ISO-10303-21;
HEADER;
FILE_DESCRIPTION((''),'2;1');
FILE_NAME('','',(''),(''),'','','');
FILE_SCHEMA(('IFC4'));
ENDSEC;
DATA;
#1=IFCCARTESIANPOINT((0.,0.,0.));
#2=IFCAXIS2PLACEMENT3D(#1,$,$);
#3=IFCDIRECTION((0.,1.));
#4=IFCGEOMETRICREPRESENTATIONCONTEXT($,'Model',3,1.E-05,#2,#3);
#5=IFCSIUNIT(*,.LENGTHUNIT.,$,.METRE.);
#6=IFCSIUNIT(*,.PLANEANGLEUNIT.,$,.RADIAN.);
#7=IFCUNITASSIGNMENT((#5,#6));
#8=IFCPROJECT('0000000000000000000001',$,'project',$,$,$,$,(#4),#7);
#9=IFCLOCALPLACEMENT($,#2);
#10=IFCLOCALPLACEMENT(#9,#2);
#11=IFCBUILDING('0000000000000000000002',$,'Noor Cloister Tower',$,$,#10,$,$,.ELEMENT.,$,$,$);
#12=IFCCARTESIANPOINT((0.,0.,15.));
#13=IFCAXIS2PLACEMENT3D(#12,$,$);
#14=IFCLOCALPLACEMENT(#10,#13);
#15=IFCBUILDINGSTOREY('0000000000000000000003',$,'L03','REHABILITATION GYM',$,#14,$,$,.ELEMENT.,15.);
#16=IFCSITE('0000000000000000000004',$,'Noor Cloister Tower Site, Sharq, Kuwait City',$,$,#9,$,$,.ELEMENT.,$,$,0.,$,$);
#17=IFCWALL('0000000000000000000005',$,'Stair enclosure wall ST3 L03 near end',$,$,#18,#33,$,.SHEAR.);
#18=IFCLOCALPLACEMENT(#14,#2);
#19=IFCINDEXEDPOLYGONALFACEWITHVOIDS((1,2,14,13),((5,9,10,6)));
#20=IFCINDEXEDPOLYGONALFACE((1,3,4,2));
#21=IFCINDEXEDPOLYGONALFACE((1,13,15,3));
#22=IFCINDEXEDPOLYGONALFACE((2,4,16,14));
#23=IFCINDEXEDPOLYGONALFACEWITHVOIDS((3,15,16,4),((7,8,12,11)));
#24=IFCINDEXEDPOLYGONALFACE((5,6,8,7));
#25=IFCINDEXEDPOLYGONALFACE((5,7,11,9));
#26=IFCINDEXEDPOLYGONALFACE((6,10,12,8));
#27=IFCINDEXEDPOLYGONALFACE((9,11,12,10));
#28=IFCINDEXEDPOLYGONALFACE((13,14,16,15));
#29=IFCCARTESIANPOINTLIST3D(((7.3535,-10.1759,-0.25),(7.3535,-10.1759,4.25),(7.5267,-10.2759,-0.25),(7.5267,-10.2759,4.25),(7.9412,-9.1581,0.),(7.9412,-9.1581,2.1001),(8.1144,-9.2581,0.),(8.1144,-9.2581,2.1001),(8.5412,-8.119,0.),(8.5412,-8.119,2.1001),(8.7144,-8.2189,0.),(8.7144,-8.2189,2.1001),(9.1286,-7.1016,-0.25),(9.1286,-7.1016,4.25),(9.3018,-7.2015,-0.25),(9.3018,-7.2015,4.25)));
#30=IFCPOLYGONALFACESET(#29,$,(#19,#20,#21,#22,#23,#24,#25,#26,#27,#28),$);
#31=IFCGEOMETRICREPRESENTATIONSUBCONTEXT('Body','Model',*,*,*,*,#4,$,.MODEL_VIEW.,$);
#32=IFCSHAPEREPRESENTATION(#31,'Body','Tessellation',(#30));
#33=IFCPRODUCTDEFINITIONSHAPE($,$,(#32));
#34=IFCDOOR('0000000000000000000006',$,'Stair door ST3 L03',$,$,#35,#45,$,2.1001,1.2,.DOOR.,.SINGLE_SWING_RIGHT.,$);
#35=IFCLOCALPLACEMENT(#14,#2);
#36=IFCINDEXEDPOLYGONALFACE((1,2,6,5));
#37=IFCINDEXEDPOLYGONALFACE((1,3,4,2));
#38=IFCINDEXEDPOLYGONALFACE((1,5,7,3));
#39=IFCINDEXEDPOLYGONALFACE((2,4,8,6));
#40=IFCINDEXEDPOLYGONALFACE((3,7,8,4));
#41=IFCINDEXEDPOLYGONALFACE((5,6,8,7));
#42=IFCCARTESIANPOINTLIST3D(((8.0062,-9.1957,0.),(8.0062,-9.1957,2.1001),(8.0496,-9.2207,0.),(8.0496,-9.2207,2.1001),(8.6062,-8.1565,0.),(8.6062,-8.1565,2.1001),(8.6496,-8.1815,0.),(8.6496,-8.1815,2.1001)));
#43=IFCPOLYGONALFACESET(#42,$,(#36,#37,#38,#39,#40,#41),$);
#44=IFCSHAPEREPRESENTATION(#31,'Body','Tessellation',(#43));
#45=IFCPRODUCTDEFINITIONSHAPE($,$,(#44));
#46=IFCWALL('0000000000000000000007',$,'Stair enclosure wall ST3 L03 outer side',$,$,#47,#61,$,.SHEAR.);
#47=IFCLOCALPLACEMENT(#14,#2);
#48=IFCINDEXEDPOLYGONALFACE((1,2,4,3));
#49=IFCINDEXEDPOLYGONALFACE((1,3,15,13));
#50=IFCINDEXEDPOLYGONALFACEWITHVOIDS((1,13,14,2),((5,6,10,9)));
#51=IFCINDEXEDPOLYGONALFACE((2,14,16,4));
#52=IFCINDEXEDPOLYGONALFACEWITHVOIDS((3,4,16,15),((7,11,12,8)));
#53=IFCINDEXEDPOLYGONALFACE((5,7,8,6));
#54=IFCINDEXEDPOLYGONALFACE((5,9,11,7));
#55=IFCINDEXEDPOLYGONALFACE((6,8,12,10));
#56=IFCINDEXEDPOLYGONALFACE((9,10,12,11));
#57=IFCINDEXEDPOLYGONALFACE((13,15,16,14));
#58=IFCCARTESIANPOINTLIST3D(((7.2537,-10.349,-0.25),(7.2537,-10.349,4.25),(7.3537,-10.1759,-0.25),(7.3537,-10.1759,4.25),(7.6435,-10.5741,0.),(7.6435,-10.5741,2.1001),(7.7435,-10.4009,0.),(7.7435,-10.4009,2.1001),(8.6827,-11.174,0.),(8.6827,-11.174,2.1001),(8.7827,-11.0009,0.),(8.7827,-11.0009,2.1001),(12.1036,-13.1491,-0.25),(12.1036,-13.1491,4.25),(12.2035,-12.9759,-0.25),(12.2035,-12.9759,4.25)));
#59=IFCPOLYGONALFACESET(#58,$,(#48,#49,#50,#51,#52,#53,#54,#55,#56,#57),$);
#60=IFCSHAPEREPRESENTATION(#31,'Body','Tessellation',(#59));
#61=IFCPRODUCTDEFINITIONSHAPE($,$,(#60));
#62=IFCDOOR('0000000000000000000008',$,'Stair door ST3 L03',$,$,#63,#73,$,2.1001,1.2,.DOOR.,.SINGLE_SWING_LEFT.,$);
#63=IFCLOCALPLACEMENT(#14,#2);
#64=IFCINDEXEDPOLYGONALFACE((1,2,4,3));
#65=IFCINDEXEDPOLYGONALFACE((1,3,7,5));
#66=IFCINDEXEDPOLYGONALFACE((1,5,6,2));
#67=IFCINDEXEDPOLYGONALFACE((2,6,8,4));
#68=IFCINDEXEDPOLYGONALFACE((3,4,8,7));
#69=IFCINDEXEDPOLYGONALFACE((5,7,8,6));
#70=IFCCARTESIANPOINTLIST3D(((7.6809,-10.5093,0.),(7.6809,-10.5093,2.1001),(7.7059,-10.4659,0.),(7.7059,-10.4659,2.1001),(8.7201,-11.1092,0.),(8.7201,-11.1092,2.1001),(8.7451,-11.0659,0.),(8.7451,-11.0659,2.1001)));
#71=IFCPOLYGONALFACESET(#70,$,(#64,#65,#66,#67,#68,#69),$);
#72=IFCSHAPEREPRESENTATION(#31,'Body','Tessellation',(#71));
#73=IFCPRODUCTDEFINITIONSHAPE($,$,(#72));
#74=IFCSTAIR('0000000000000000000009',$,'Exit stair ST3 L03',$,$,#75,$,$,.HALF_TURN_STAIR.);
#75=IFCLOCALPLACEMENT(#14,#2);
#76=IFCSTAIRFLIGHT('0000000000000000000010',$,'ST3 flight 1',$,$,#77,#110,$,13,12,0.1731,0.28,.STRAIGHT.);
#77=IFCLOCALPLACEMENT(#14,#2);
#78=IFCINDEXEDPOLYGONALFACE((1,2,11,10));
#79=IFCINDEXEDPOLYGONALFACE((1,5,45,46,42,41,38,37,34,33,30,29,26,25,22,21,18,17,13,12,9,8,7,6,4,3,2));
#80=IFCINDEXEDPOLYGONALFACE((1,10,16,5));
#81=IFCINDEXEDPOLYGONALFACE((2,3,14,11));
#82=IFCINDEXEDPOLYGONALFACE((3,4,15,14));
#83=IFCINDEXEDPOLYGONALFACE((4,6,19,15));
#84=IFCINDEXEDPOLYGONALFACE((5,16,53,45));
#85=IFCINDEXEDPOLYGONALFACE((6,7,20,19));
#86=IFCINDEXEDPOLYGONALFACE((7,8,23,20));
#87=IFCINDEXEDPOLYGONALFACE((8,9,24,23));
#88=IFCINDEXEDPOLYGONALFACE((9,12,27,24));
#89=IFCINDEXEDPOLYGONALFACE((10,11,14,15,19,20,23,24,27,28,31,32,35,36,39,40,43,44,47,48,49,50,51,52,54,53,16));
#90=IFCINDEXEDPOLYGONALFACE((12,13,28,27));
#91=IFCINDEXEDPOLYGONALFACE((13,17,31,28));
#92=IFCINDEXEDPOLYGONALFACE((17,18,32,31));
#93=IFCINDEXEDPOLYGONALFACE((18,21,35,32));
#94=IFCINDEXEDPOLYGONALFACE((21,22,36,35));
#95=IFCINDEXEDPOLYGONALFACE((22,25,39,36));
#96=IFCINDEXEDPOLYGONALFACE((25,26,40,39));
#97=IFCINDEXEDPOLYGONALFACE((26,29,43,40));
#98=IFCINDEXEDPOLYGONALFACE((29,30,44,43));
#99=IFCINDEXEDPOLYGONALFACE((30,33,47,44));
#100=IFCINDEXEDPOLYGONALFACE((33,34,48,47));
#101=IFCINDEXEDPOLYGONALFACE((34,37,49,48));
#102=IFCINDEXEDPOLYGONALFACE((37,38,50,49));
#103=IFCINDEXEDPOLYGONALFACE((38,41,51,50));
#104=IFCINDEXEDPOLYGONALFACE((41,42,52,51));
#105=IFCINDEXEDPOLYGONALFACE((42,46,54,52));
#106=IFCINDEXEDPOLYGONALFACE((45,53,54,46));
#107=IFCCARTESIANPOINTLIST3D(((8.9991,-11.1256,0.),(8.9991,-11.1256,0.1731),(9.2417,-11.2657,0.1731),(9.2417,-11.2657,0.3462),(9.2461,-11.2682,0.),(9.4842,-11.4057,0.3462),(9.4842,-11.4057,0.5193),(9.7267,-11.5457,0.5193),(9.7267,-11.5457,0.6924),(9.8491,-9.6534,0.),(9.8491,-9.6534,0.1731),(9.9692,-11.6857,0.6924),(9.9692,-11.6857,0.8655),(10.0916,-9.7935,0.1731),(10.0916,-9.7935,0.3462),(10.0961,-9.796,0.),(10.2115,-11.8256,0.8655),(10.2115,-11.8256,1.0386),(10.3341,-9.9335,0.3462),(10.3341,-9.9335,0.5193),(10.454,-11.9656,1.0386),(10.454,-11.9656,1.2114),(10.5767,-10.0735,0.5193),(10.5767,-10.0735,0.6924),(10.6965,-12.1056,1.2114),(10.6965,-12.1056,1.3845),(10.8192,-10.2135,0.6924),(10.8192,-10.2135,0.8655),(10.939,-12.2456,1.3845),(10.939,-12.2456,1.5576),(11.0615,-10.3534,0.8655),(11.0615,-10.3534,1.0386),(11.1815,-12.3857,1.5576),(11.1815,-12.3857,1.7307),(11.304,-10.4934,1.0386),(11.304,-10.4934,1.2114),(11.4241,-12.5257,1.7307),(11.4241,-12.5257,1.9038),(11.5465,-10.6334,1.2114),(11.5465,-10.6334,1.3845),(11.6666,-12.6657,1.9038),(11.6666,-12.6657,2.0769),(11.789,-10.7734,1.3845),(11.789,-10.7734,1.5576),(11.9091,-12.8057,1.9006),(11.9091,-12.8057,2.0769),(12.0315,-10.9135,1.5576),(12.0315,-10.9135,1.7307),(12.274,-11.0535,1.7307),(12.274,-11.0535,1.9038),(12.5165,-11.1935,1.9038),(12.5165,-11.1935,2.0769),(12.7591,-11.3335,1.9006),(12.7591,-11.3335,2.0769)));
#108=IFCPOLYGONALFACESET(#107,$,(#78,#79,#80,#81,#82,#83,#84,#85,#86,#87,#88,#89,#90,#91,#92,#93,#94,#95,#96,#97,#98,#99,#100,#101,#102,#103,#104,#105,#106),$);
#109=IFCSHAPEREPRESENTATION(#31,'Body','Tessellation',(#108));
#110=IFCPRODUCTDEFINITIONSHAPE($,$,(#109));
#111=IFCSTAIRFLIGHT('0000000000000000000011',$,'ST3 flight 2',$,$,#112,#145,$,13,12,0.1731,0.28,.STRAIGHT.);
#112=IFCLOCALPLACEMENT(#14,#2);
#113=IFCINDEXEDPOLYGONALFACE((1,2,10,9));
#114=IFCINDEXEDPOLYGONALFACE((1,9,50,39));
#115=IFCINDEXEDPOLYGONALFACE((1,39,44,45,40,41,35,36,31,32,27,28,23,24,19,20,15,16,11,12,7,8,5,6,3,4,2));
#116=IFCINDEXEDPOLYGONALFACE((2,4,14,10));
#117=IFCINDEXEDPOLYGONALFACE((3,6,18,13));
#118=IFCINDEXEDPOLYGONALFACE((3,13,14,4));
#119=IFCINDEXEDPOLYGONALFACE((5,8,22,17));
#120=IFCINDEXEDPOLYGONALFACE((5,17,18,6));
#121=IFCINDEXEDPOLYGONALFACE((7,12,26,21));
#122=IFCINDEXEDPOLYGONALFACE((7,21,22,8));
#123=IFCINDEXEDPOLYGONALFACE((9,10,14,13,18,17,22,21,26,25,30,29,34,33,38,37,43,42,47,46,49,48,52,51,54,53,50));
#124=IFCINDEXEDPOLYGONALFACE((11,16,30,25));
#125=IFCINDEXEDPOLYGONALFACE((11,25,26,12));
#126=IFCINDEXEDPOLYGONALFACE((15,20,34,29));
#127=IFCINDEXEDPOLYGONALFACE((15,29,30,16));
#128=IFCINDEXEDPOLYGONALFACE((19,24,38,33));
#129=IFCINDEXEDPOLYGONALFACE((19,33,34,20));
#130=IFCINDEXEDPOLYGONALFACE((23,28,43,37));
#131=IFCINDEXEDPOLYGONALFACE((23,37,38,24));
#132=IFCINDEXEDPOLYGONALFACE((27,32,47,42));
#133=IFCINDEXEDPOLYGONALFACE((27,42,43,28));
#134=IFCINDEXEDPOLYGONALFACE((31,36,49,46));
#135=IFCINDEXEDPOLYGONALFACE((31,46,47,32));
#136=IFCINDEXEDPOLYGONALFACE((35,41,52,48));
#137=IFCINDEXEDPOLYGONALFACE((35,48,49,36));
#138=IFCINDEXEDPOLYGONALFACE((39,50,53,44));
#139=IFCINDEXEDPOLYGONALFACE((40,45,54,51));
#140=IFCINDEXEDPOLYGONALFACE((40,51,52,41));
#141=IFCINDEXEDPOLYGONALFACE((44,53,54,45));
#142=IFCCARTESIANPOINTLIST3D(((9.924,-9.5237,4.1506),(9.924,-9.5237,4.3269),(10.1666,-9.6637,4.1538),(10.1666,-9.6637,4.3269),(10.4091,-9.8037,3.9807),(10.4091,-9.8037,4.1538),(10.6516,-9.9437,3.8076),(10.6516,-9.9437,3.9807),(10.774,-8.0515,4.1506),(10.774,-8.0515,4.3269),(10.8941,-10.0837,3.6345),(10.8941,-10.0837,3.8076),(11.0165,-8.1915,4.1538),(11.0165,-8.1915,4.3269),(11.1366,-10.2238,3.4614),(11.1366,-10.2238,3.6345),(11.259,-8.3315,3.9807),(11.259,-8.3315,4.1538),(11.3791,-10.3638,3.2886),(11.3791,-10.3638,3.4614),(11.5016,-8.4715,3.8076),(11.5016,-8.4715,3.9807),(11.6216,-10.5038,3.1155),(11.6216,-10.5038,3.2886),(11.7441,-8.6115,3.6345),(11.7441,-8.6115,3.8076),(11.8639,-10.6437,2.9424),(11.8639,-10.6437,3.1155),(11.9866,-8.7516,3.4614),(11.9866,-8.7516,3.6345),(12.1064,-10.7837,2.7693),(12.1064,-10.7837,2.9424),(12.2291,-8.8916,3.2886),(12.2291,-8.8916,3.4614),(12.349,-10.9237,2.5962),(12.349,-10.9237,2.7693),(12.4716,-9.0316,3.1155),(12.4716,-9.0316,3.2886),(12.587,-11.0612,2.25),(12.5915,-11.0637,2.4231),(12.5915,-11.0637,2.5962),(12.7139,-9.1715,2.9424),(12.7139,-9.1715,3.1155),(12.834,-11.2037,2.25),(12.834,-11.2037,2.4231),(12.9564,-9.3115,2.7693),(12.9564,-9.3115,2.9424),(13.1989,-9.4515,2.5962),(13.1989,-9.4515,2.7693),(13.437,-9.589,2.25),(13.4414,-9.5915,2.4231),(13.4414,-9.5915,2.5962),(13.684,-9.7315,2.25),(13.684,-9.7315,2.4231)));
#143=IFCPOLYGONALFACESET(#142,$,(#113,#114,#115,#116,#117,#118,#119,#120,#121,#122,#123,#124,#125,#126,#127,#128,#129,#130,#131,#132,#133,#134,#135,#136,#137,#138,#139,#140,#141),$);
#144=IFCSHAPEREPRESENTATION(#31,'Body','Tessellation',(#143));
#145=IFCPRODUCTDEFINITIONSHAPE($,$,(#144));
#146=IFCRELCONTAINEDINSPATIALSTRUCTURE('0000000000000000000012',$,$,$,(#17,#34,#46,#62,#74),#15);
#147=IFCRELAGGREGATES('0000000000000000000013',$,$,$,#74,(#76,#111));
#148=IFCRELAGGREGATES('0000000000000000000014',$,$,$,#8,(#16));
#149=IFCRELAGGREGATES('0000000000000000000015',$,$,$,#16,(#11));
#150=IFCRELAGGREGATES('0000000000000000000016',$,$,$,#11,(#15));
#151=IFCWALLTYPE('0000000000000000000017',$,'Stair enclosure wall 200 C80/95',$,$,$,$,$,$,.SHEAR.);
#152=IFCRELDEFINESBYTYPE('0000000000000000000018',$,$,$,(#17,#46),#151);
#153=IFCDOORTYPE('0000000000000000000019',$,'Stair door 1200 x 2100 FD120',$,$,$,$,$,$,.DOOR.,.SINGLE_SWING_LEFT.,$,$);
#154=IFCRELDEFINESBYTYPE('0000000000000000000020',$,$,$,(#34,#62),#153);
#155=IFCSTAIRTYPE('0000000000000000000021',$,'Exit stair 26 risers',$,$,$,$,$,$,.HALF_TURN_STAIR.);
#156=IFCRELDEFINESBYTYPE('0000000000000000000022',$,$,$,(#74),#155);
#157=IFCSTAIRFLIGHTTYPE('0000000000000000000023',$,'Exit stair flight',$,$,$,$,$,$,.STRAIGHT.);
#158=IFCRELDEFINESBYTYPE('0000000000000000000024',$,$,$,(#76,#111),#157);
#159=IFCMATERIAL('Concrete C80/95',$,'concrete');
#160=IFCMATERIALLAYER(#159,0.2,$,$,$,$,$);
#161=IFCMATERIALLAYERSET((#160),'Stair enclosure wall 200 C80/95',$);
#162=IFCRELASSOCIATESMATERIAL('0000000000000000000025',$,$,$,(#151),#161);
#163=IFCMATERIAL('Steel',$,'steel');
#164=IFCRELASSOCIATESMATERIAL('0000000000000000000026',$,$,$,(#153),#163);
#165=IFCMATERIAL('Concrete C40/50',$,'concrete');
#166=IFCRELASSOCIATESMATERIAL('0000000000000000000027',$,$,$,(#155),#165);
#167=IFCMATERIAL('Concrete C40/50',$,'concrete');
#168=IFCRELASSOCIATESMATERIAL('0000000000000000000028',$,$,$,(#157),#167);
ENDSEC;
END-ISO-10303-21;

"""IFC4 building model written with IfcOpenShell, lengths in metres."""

from ifc_helpers import new_model, si_unit, direction, frame, frame_2d, origin, place, context, subcontext, project, spatial, polyline, rectangle, outline, extrude, material, layer, layer_set, type_object, element, fill, aggregate, save


model = new_model("IFC4")

# Units and contexts
model_context = context("Model", 3, precision=1e-05, world=origin(), true_north=direction((0.0, 1.0)))
body_context = subcontext(model_context, "Body", "Model", "MODEL_VIEW")
ifc_project = project(units=[si_unit("LENGTHUNIT", "METRE"), si_unit("PLANEANGLEUNIT", "RADIAN")], contexts=[model_context])

# Site, building, storey
site_placement = place(None, origin())
site = spatial("IfcSite", under=ifc_project, at=site_placement, Name="Noor Cloister Tower Site, Sharq, Kuwait City", CompositionType="ELEMENT", RefElevation=0.0)
building_placement = place(site_placement, origin())
building = spatial("IfcBuilding", under=site, at=building_placement, Name="Noor Cloister Tower", CompositionType="ELEMENT")
storey_placement = place(building_placement, frame((0.0, 0.0, 15.0)))
storey = spatial("IfcBuildingStorey", under=building, at=storey_placement, Name="L03", Description="REHABILITATION GYM", CompositionType="ELEMENT", Elevation=15.0)

# Walls, openings, doors
ifc_material_1 = material(Name="Concrete C80/95", Category="concrete")
ifc_layer_1 = layer(ifc_material_1, 0.2)
ifc_layer_set_1 = layer_set([ifc_layer_1], Name="Stair enclosure wall 200 C80/95")
wall_type_1 = type_object("IfcWallType", Name="Stair enclosure wall 200 C80/95", PredefinedType="SHEAR", material=ifc_layer_set_1)
wall_1_placement = place(storey_placement, frame((7.4402, -10.2258, -0.25), z_axis=(0.0, 0.0, 1.0), x_axis=(0.500022, 0.866013, 0.0)))
wall_1 = element("IfcWall", 1, at=wall_1_placement, inside=storey, type_object=wall_type_1, Name="Stair enclosure wall ST3 L03 near end", PredefinedType="SHEAR", context=body_context, shape_type="SweptSolid", body=[
    extrude(rectangle(XDim=3.55, YDim=0.2, at=frame_2d((1.7749, 0.0))), origin(), (0.0, 0.0, 1.0), 4.5),
])
opening_1_placement = place(wall_1_placement, frame((1.175, 0.0, 0.25)))
opening_1 = element("IfcOpeningElement", 2, at=opening_1_placement, cuts=wall_1, PredefinedType="OPENING", context=body_context, shape_type="SweptSolid", body=[
    extrude(rectangle(XDim=1.2, YDim=2.1001, at=frame_2d((0.6001, 1.05))), frame((0.0, 0.1099, 0.0), z_axis=(0.0, -1.0, 0.0), x_axis=(1.0, 0.0, 0.0)), (0.0, 0.0, 1.0), 0.22),
])
ifc_material_2 = material(Name="Steel", Category="steel")
door_type_1 = type_object("IfcDoorType", Name="Stair door 1200 x 2100 FD120", OperationType="SINGLE_SWING_LEFT", PredefinedType="DOOR", material=ifc_material_2)
door_1_placement = place(opening_1_placement, origin())
door_1 = element("IfcDoor", 3, at=door_1_placement, inside=storey, type_object=door_type_1, Name="Stair door ST3 L03", OperationType="SINGLE_SWING_RIGHT", OverallHeight=2.1001, OverallWidth=1.2, PredefinedType="DOOR", context=body_context, shape_type="SweptSolid", body=[
    extrude(rectangle(XDim=1.2, YDim=2.1001, at=frame_2d((0.6001, 1.05))), frame((0.0, 0.0249, 0.0), z_axis=(0.0, -1.0, 0.0), x_axis=(1.0, 0.0, 0.0)), (0.0, 0.0, 1.0), 0.05),
])
fill(opening_1, door_1)
wall_2_placement = place(storey_placement, frame((7.3037, -10.2625, -0.25), z_axis=(0.0, 0.0, 1.0), x_axis=(0.866027, -0.499998, 0.0)))
wall_2 = element("IfcWall", 4, at=wall_2_placement, inside=storey, type_object=wall_type_1, Name="Stair enclosure wall ST3 L03 outer side", PredefinedType="SHEAR", context=body_context, shape_type="SweptSolid", body=[
    extrude(rectangle(XDim=5.6001, YDim=0.2, at=frame_2d((2.8, 0.0))), origin(), (0.0, 0.0, 1.0), 4.5),
])
opening_2_placement = place(wall_2_placement, frame((0.45, 0.0, 0.25)))
opening_2 = element("IfcOpeningElement", 5, at=opening_2_placement, cuts=wall_2, PredefinedType="OPENING", context=body_context, shape_type="SweptSolid", body=[
    extrude(rectangle(XDim=1.2, YDim=2.1001, at=frame_2d((0.6001, 1.05))), frame((0.0, 0.1099, 0.0), z_axis=(0.0, -1.0, 0.0), x_axis=(1.0, 0.0, 0.0)), (0.0, 0.0, 1.0), 0.22),
])
door_2_placement = place(opening_2_placement, origin())
door_2 = element("IfcDoor", 6, at=door_2_placement, inside=storey, type_object=door_type_1, Name="Stair door ST3 L03", OperationType="SINGLE_SWING_LEFT", OverallHeight=2.1001, OverallWidth=1.2, PredefinedType="DOOR", context=body_context, shape_type="SweptSolid", body=[
    extrude(rectangle(XDim=1.2, YDim=2.1001, at=frame_2d((0.6001, 1.05))), frame((0.0, 0.0249, 0.0), z_axis=(0.0, -1.0, 0.0), x_axis=(1.0, 0.0, 0.0)), (0.0, 0.0, 1.0), 0.05),
])
fill(opening_2, door_2)

# Stair, stair flights
ifc_material_3 = material(Name="Concrete C40/50", Category="concrete")
stair_type = type_object("IfcStairType", Name="Exit stair 26 risers", PredefinedType="HALF_TURN_STAIR", material=ifc_material_3)
stair_placement = place(storey_placement, origin())
stair = element("IfcStair", 7, at=stair_placement, inside=storey, type_object=stair_type, Name="Exit stair ST3 L03", PredefinedType="HALF_TURN_STAIR")
ifc_material_4 = material(Name="Concrete C40/50", Category="concrete")
stair_flight_type = type_object("IfcStairFlightType", Name="Exit stair flight", PredefinedType="STRAIGHT", material=ifc_material_4)
stair_flight_1_placement = place(storey_placement, frame((9.4241, -10.3896, 0.0), z_axis=(0.0, 0.0, 1.0), x_axis=(0.866025, -0.5, 0.0)))
stair_flight_1 = element("IfcStairFlight", 8, at=stair_flight_1_placement, type_object=stair_flight_type, Name="ST3 flight 1", NumberOfRisers=13, NumberOfTreads=12, PredefinedType="STRAIGHT", RiserHeight=0.1731, TreadLength=0.28, context=body_context, shape_type="SweptSolid", body=[
    extrude(outline(polyline([(0.0, 0.0), (0.0, 0.1731), (0.28, 0.1731), (0.28, 0.3462), (0.5601, 0.3462), (0.5601, 0.5193), (0.8401, 0.5193), (0.8401, 0.6924), (1.1201, 0.6924), (1.1201, 0.8655), (1.3999, 0.8655), (1.3999, 1.0386), (1.6799, 1.0386), (1.6799, 1.2114), (1.96, 1.2114), (1.96, 1.3845), (2.24, 1.3845), (2.24, 1.5576), (2.52, 1.5576), (2.52, 1.7307), (2.8, 1.7307), (2.8, 1.9038), (3.0801, 1.9038), (3.0801, 2.0769), (3.3601, 2.0769), (3.3601, 2.25), (3.3601, 1.9006), (0.2852, 0.0), (0.0, 0.0)])), frame((0.0, 0.8501, 0.0), z_axis=(0.0, -1.0, 0.0), x_axis=(1.0, 0.0, 0.0)), (0.0, 0.0, 1.0), 1.7),
])
stair_flight_2_placement = place(storey_placement, frame((13.259, -10.4675, 2.25), z_axis=(0.0, 0.0, 1.0), x_axis=(-0.866025, 0.5, 0.0)))
stair_flight_2 = element("IfcStairFlight", 9, at=stair_flight_2_placement, type_object=stair_flight_type, Name="ST3 flight 2", NumberOfRisers=13, NumberOfTreads=12, PredefinedType="STRAIGHT", RiserHeight=0.1731, TreadLength=0.28, context=body_context, shape_type="SweptSolid", body=[
    extrude(outline(polyline([(0.0, 0.0), (0.0, 0.1731), (0.28, 0.1731), (0.28, 0.3462), (0.5601, 0.3462), (0.5601, 0.5193), (0.8401, 0.5193), (0.8401, 0.6924), (1.1201, 0.6924), (1.1201, 0.8655), (1.3999, 0.8655), (1.3999, 1.0386), (1.6799, 1.0386), (1.6799, 1.2114), (1.96, 1.2114), (1.96, 1.3845), (2.24, 1.3845), (2.24, 1.5576), (2.52, 1.5576), (2.52, 1.7307), (2.8, 1.7307), (2.8, 1.9038), (3.0801, 1.9038), (3.0801, 2.0769), (3.3601, 2.0769), (3.3601, 2.25), (3.3601, 1.9006), (0.2852, 0.0), (0.0, 0.0)])), frame((0.0, 0.8501, 0.0), z_axis=(0.0, -1.0, 0.0), x_axis=(1.0, 0.0, 0.0)), (0.0, 0.0, 1.0), 1.7),
])
aggregate(stair, [stair_flight_1, stair_flight_2])

save(model, "model.ifc")
